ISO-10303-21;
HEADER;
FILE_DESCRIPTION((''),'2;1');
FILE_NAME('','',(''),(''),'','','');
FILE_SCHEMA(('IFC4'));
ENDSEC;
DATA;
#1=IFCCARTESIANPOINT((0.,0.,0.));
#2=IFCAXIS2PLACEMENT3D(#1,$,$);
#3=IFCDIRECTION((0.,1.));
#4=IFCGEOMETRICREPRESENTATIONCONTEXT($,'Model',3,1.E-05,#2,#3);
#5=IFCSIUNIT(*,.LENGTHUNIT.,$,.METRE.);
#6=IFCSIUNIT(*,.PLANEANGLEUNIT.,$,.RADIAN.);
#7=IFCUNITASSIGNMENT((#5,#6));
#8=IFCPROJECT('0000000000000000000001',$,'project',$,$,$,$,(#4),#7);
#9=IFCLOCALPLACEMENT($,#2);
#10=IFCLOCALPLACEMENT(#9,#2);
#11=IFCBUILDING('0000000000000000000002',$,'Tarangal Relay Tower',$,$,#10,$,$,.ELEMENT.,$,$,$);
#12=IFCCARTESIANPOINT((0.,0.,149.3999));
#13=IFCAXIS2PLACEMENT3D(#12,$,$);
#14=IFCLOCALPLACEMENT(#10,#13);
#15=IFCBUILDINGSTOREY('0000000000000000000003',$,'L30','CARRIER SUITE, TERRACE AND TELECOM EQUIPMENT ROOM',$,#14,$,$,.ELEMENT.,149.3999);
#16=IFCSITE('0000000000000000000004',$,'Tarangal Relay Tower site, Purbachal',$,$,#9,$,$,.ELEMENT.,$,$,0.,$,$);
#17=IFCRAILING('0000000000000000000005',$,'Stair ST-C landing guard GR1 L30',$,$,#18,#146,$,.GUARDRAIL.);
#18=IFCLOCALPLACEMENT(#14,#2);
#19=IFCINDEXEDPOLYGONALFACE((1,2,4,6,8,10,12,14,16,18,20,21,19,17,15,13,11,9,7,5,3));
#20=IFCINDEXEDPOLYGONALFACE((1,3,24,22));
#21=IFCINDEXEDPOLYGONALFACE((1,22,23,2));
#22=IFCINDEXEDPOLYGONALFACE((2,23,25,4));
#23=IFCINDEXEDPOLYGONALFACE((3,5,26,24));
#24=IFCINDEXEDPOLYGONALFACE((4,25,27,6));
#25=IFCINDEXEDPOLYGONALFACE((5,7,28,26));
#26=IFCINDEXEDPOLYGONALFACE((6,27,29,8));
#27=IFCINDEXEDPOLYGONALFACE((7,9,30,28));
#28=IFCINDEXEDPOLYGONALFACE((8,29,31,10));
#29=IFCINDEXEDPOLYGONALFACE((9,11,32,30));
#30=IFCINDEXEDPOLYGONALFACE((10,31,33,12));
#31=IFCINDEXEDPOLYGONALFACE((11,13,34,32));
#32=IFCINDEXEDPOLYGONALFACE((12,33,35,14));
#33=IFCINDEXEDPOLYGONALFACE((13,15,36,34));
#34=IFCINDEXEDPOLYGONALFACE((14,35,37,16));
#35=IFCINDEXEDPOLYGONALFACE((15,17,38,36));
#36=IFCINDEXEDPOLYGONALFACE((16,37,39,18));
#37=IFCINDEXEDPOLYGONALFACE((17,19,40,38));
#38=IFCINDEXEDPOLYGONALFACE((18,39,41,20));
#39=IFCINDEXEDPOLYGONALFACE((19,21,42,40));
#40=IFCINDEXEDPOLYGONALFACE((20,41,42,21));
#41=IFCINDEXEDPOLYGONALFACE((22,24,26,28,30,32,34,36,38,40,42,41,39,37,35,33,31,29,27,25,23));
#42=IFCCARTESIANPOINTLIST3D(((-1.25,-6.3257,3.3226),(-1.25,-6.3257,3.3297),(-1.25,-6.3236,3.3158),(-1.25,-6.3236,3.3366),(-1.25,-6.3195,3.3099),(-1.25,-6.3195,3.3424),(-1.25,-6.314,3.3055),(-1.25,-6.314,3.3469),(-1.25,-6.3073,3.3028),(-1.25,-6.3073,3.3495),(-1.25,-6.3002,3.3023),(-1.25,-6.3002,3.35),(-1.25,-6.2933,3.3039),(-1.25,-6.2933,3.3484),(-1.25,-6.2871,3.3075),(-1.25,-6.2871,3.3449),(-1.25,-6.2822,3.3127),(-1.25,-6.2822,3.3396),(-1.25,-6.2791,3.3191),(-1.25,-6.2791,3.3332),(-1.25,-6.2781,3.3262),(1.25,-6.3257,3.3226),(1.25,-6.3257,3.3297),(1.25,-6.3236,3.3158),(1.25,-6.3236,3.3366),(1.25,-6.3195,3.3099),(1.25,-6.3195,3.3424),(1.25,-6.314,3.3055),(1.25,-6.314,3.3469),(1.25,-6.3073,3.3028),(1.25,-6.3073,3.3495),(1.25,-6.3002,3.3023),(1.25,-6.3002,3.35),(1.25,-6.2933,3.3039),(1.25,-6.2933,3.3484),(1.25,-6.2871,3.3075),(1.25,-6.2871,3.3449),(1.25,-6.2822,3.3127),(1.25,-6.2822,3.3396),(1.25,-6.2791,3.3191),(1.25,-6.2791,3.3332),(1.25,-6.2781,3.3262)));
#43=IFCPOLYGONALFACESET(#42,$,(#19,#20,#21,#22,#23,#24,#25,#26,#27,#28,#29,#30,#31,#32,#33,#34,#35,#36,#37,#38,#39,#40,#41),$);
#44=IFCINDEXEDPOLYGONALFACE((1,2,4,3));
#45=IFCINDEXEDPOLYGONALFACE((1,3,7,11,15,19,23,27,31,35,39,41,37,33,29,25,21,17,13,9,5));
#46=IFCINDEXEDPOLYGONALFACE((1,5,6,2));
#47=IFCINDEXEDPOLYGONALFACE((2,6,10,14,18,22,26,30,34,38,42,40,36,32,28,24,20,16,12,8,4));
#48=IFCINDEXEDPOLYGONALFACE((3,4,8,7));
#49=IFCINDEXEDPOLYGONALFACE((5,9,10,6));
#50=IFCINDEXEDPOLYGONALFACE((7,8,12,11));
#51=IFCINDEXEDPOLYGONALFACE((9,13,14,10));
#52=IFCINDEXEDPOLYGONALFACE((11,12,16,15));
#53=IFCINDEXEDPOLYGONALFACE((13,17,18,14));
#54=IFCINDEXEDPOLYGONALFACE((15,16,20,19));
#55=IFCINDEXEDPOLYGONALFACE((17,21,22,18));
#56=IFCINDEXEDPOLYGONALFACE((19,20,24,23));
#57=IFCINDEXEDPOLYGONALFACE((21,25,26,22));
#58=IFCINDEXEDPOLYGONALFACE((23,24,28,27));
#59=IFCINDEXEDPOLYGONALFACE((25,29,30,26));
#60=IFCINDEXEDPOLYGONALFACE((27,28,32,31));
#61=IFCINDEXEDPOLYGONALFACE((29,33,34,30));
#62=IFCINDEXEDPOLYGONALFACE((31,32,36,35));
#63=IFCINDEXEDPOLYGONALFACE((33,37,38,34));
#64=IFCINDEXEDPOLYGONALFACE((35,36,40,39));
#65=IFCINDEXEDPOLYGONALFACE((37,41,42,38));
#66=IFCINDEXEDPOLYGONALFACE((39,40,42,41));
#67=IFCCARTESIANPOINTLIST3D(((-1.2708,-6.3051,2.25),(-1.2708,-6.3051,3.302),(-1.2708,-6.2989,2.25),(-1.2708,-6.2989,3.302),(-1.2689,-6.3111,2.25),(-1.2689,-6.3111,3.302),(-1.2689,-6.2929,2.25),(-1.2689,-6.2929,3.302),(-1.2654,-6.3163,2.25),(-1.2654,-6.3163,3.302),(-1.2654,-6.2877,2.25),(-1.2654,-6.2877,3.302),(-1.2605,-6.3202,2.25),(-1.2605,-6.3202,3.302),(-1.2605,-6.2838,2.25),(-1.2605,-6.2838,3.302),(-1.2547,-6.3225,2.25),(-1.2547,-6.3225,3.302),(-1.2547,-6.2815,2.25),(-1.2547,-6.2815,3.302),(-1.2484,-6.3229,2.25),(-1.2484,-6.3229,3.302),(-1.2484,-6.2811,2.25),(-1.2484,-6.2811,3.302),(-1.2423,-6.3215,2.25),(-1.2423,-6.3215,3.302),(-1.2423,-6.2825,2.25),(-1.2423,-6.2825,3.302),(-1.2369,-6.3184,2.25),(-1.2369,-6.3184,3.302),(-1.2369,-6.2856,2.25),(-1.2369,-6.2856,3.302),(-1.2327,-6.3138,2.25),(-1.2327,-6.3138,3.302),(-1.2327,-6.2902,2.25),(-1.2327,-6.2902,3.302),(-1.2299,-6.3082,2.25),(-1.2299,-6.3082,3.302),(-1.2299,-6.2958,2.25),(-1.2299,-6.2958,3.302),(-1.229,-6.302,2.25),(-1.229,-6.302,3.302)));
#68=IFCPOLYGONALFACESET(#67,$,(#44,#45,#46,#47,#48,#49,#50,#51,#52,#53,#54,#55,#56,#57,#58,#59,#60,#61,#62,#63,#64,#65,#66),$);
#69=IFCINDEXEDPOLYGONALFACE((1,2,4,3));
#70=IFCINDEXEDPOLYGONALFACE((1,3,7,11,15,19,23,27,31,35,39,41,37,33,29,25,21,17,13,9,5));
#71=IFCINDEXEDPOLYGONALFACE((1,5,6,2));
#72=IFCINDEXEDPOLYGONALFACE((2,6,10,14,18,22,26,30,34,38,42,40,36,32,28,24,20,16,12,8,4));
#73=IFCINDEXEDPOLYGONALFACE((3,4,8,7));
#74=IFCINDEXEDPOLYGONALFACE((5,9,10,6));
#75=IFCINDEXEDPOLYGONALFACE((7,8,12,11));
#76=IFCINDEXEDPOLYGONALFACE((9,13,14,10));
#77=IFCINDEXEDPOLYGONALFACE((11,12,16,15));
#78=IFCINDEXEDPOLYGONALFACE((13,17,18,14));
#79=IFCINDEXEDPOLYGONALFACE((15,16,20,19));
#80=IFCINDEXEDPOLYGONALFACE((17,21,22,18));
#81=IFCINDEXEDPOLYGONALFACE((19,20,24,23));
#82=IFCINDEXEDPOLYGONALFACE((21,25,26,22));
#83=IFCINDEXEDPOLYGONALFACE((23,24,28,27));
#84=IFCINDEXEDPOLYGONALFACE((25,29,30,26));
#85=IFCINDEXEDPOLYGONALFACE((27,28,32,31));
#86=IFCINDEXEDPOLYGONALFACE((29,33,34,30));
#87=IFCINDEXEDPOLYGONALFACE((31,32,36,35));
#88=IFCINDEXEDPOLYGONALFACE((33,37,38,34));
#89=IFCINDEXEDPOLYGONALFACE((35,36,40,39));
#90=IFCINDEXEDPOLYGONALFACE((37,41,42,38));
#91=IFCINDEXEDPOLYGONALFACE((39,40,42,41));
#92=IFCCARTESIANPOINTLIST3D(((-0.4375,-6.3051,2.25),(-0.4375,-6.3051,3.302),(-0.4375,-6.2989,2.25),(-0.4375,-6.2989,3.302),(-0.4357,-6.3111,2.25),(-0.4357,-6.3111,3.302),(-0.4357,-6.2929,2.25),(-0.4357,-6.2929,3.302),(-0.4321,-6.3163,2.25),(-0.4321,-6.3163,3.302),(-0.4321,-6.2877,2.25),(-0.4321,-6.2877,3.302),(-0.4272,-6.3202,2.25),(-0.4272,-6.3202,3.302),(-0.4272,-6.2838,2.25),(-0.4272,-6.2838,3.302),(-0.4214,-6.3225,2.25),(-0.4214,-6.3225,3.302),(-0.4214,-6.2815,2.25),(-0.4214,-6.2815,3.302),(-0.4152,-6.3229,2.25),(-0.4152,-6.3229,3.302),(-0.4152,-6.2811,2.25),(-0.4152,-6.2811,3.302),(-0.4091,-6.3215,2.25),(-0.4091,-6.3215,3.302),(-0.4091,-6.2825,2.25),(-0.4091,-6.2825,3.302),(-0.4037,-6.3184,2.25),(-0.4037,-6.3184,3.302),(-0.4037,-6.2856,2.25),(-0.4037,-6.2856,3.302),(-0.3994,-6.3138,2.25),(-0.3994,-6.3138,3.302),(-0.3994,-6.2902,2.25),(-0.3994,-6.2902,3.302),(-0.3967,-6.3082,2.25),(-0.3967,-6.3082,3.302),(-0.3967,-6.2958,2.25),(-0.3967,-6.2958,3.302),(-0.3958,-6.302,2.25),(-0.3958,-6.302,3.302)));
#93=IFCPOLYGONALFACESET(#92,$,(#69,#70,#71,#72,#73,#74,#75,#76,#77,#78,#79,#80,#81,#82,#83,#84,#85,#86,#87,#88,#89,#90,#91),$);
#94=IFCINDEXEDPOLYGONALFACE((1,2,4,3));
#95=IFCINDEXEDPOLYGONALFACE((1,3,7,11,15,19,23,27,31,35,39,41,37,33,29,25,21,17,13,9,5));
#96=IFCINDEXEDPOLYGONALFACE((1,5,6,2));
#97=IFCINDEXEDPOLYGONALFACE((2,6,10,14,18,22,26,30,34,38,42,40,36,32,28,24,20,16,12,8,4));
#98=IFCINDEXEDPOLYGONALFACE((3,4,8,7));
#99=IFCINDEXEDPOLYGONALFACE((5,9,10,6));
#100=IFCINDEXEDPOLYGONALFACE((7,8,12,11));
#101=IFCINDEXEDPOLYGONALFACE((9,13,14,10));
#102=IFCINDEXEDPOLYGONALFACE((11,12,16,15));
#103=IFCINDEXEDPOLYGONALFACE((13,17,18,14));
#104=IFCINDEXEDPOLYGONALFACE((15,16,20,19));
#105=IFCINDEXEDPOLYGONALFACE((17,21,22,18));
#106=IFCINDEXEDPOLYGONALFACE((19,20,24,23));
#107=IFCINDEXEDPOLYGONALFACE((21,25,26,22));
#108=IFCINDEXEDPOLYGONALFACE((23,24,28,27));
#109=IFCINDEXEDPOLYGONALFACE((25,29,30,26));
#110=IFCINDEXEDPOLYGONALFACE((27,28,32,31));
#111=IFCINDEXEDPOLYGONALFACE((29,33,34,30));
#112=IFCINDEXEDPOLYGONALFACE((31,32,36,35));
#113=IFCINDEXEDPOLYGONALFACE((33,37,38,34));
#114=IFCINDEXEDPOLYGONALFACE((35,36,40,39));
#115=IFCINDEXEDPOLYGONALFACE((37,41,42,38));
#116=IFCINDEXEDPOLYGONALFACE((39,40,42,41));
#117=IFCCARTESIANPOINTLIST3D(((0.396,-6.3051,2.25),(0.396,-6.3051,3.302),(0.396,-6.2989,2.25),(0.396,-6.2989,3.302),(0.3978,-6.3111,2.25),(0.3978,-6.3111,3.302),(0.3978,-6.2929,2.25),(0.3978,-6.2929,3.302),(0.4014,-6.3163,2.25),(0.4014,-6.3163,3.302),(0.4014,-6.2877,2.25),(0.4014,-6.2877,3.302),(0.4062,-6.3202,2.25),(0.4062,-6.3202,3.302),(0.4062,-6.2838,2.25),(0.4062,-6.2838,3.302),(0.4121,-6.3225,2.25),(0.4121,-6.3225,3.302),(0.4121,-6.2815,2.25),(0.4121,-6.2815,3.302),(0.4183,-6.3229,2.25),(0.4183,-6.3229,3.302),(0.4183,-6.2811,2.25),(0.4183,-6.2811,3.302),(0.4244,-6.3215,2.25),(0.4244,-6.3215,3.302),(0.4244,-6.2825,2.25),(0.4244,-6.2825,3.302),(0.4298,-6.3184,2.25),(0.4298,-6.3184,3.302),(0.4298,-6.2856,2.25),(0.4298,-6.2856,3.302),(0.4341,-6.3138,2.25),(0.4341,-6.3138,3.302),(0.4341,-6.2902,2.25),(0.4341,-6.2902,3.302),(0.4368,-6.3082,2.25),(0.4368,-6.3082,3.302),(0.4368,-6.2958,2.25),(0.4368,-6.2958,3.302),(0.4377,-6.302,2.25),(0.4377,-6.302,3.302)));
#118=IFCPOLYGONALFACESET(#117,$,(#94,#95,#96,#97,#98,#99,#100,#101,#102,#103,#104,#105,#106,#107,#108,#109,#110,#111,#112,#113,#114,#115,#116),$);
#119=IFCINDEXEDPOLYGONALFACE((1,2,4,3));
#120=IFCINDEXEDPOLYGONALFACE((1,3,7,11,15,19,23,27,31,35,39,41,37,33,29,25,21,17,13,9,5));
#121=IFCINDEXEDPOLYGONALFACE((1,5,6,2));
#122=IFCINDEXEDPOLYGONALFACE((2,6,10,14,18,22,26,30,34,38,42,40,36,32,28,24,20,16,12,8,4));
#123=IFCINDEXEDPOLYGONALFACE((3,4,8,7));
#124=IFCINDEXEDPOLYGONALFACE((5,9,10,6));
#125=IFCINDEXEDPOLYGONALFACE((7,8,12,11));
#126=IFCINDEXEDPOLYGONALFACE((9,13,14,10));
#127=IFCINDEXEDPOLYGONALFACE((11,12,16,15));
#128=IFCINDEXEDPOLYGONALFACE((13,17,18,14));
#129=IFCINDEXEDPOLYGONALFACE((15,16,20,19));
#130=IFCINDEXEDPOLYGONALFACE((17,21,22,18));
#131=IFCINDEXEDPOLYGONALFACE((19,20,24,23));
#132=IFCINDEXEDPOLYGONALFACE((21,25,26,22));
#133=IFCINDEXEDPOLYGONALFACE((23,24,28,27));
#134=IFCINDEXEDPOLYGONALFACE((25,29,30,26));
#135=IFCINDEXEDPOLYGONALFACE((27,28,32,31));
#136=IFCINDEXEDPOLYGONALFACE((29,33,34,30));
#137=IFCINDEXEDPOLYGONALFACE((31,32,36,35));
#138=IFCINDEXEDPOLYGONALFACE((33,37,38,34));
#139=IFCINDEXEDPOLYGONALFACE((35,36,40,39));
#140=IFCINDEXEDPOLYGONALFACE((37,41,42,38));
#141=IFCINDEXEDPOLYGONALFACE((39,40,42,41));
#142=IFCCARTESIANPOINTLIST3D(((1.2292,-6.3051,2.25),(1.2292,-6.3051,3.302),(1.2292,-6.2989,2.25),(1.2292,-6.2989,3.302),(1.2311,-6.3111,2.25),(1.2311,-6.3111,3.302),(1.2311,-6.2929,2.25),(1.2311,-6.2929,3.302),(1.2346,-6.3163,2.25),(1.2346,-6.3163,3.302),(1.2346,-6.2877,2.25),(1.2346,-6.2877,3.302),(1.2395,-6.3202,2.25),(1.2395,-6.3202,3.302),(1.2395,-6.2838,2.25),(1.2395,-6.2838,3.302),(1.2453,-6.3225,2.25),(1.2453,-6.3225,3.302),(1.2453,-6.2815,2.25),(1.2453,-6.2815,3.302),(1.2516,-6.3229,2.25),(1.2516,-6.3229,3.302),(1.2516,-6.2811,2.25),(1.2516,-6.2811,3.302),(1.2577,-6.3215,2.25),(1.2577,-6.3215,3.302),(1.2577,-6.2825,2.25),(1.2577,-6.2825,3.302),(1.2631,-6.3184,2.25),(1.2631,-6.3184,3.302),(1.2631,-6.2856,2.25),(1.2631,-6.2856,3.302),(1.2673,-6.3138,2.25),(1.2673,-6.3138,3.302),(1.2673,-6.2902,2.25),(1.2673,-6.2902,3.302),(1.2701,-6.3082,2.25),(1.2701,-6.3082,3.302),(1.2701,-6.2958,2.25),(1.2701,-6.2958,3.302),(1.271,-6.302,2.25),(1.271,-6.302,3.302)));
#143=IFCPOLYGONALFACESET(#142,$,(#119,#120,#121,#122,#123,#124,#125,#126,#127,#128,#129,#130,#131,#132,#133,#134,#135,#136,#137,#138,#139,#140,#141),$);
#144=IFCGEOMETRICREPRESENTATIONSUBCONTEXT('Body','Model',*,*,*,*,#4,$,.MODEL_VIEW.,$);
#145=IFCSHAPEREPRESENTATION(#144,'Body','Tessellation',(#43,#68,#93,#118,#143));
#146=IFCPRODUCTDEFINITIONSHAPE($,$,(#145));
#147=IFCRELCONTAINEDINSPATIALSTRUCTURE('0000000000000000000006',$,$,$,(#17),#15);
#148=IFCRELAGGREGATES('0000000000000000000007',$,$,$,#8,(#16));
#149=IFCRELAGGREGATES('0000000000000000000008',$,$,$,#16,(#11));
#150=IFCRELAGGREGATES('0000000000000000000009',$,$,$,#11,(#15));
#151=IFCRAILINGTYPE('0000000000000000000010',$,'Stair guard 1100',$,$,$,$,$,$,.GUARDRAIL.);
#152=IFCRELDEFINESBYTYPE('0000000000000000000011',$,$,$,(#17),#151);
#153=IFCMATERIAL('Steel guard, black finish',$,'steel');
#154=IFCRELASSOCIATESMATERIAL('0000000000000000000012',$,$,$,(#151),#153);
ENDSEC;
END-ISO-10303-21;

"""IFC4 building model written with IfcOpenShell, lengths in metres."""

from ifc_helpers import new_model, si_unit, direction, frame, origin, origin_2d, place, context, subcontext, project, spatial, circle, extrude, material, type_object, element, save


model = new_model("IFC4")

# Units and contexts
model_context = context("Model", 3, precision=1e-05, world=origin(), true_north=direction((0.0, 1.0)))
body_context = subcontext(model_context, "Body", "Model", "MODEL_VIEW")
ifc_project = project(units=[si_unit("LENGTHUNIT", "METRE"), si_unit("PLANEANGLEUNIT", "RADIAN")], contexts=[model_context])

# Site, building, storey
site_placement = place(None, origin())
site = spatial("IfcSite", under=ifc_project, at=site_placement, Name="Tarangal Relay Tower site, Purbachal", CompositionType="ELEMENT", RefElevation=0.0)
building_placement = place(site_placement, origin())
building = spatial("IfcBuilding", under=site, at=building_placement, Name="Tarangal Relay Tower", CompositionType="ELEMENT")
storey_placement = place(building_placement, frame((0.0, 0.0, 149.3999)))
storey = spatial("IfcBuildingStorey", under=building, at=storey_placement, Name="L30", Description="CARRIER SUITE, TERRACE AND TELECOM EQUIPMENT ROOM", CompositionType="ELEMENT", Elevation=149.3999)

# Railing
ifc_material_1 = material(Name="Steel guard, black finish", Category="steel")
railing_type_1 = type_object("IfcRailingType", Name="Stair guard 1100", PredefinedType="GUARDRAIL", material=ifc_material_1)
for number, where, name in (
    (1, (-1.25, -6.302, 2.25), "Stair ST-C landing guard GR1 L30"),
):
    element("IfcRailing", number, at=place(storey_placement, frame(where)), inside=storey, type_object=railing_type_1, Name=name, PredefinedType="GUARDRAIL", context=body_context, shape_type="SweptSolid", body=[
        extrude(circle(Radius=0.0239, at=origin_2d()), frame((0.0, 0.0, 1.0762), z_axis=(1.0, 0.0, 0.0), x_axis=(0.0, 1.0, 0.0)), (0.0, 0.0, 1.0), 2.5),
        extrude(circle(Radius=0.021, at=origin_2d()), origin(), (0.0, 0.0, 1.0), 1.052),
        extrude(circle(Radius=0.021, at=origin_2d()), frame((0.8333, 0.0, 0.0)), (0.0, 0.0, 1.0), 1.052),
        extrude(circle(Radius=0.021, at=origin_2d()), frame((1.6667, 0.0, 0.0)), (0.0, 0.0, 1.0), 1.052),
        extrude(circle(Radius=0.021, at=origin_2d()), frame((2.5, 0.0, 0.0)), (0.0, 0.0, 1.0), 1.052),
    ])

save(model, "model.ifc")
